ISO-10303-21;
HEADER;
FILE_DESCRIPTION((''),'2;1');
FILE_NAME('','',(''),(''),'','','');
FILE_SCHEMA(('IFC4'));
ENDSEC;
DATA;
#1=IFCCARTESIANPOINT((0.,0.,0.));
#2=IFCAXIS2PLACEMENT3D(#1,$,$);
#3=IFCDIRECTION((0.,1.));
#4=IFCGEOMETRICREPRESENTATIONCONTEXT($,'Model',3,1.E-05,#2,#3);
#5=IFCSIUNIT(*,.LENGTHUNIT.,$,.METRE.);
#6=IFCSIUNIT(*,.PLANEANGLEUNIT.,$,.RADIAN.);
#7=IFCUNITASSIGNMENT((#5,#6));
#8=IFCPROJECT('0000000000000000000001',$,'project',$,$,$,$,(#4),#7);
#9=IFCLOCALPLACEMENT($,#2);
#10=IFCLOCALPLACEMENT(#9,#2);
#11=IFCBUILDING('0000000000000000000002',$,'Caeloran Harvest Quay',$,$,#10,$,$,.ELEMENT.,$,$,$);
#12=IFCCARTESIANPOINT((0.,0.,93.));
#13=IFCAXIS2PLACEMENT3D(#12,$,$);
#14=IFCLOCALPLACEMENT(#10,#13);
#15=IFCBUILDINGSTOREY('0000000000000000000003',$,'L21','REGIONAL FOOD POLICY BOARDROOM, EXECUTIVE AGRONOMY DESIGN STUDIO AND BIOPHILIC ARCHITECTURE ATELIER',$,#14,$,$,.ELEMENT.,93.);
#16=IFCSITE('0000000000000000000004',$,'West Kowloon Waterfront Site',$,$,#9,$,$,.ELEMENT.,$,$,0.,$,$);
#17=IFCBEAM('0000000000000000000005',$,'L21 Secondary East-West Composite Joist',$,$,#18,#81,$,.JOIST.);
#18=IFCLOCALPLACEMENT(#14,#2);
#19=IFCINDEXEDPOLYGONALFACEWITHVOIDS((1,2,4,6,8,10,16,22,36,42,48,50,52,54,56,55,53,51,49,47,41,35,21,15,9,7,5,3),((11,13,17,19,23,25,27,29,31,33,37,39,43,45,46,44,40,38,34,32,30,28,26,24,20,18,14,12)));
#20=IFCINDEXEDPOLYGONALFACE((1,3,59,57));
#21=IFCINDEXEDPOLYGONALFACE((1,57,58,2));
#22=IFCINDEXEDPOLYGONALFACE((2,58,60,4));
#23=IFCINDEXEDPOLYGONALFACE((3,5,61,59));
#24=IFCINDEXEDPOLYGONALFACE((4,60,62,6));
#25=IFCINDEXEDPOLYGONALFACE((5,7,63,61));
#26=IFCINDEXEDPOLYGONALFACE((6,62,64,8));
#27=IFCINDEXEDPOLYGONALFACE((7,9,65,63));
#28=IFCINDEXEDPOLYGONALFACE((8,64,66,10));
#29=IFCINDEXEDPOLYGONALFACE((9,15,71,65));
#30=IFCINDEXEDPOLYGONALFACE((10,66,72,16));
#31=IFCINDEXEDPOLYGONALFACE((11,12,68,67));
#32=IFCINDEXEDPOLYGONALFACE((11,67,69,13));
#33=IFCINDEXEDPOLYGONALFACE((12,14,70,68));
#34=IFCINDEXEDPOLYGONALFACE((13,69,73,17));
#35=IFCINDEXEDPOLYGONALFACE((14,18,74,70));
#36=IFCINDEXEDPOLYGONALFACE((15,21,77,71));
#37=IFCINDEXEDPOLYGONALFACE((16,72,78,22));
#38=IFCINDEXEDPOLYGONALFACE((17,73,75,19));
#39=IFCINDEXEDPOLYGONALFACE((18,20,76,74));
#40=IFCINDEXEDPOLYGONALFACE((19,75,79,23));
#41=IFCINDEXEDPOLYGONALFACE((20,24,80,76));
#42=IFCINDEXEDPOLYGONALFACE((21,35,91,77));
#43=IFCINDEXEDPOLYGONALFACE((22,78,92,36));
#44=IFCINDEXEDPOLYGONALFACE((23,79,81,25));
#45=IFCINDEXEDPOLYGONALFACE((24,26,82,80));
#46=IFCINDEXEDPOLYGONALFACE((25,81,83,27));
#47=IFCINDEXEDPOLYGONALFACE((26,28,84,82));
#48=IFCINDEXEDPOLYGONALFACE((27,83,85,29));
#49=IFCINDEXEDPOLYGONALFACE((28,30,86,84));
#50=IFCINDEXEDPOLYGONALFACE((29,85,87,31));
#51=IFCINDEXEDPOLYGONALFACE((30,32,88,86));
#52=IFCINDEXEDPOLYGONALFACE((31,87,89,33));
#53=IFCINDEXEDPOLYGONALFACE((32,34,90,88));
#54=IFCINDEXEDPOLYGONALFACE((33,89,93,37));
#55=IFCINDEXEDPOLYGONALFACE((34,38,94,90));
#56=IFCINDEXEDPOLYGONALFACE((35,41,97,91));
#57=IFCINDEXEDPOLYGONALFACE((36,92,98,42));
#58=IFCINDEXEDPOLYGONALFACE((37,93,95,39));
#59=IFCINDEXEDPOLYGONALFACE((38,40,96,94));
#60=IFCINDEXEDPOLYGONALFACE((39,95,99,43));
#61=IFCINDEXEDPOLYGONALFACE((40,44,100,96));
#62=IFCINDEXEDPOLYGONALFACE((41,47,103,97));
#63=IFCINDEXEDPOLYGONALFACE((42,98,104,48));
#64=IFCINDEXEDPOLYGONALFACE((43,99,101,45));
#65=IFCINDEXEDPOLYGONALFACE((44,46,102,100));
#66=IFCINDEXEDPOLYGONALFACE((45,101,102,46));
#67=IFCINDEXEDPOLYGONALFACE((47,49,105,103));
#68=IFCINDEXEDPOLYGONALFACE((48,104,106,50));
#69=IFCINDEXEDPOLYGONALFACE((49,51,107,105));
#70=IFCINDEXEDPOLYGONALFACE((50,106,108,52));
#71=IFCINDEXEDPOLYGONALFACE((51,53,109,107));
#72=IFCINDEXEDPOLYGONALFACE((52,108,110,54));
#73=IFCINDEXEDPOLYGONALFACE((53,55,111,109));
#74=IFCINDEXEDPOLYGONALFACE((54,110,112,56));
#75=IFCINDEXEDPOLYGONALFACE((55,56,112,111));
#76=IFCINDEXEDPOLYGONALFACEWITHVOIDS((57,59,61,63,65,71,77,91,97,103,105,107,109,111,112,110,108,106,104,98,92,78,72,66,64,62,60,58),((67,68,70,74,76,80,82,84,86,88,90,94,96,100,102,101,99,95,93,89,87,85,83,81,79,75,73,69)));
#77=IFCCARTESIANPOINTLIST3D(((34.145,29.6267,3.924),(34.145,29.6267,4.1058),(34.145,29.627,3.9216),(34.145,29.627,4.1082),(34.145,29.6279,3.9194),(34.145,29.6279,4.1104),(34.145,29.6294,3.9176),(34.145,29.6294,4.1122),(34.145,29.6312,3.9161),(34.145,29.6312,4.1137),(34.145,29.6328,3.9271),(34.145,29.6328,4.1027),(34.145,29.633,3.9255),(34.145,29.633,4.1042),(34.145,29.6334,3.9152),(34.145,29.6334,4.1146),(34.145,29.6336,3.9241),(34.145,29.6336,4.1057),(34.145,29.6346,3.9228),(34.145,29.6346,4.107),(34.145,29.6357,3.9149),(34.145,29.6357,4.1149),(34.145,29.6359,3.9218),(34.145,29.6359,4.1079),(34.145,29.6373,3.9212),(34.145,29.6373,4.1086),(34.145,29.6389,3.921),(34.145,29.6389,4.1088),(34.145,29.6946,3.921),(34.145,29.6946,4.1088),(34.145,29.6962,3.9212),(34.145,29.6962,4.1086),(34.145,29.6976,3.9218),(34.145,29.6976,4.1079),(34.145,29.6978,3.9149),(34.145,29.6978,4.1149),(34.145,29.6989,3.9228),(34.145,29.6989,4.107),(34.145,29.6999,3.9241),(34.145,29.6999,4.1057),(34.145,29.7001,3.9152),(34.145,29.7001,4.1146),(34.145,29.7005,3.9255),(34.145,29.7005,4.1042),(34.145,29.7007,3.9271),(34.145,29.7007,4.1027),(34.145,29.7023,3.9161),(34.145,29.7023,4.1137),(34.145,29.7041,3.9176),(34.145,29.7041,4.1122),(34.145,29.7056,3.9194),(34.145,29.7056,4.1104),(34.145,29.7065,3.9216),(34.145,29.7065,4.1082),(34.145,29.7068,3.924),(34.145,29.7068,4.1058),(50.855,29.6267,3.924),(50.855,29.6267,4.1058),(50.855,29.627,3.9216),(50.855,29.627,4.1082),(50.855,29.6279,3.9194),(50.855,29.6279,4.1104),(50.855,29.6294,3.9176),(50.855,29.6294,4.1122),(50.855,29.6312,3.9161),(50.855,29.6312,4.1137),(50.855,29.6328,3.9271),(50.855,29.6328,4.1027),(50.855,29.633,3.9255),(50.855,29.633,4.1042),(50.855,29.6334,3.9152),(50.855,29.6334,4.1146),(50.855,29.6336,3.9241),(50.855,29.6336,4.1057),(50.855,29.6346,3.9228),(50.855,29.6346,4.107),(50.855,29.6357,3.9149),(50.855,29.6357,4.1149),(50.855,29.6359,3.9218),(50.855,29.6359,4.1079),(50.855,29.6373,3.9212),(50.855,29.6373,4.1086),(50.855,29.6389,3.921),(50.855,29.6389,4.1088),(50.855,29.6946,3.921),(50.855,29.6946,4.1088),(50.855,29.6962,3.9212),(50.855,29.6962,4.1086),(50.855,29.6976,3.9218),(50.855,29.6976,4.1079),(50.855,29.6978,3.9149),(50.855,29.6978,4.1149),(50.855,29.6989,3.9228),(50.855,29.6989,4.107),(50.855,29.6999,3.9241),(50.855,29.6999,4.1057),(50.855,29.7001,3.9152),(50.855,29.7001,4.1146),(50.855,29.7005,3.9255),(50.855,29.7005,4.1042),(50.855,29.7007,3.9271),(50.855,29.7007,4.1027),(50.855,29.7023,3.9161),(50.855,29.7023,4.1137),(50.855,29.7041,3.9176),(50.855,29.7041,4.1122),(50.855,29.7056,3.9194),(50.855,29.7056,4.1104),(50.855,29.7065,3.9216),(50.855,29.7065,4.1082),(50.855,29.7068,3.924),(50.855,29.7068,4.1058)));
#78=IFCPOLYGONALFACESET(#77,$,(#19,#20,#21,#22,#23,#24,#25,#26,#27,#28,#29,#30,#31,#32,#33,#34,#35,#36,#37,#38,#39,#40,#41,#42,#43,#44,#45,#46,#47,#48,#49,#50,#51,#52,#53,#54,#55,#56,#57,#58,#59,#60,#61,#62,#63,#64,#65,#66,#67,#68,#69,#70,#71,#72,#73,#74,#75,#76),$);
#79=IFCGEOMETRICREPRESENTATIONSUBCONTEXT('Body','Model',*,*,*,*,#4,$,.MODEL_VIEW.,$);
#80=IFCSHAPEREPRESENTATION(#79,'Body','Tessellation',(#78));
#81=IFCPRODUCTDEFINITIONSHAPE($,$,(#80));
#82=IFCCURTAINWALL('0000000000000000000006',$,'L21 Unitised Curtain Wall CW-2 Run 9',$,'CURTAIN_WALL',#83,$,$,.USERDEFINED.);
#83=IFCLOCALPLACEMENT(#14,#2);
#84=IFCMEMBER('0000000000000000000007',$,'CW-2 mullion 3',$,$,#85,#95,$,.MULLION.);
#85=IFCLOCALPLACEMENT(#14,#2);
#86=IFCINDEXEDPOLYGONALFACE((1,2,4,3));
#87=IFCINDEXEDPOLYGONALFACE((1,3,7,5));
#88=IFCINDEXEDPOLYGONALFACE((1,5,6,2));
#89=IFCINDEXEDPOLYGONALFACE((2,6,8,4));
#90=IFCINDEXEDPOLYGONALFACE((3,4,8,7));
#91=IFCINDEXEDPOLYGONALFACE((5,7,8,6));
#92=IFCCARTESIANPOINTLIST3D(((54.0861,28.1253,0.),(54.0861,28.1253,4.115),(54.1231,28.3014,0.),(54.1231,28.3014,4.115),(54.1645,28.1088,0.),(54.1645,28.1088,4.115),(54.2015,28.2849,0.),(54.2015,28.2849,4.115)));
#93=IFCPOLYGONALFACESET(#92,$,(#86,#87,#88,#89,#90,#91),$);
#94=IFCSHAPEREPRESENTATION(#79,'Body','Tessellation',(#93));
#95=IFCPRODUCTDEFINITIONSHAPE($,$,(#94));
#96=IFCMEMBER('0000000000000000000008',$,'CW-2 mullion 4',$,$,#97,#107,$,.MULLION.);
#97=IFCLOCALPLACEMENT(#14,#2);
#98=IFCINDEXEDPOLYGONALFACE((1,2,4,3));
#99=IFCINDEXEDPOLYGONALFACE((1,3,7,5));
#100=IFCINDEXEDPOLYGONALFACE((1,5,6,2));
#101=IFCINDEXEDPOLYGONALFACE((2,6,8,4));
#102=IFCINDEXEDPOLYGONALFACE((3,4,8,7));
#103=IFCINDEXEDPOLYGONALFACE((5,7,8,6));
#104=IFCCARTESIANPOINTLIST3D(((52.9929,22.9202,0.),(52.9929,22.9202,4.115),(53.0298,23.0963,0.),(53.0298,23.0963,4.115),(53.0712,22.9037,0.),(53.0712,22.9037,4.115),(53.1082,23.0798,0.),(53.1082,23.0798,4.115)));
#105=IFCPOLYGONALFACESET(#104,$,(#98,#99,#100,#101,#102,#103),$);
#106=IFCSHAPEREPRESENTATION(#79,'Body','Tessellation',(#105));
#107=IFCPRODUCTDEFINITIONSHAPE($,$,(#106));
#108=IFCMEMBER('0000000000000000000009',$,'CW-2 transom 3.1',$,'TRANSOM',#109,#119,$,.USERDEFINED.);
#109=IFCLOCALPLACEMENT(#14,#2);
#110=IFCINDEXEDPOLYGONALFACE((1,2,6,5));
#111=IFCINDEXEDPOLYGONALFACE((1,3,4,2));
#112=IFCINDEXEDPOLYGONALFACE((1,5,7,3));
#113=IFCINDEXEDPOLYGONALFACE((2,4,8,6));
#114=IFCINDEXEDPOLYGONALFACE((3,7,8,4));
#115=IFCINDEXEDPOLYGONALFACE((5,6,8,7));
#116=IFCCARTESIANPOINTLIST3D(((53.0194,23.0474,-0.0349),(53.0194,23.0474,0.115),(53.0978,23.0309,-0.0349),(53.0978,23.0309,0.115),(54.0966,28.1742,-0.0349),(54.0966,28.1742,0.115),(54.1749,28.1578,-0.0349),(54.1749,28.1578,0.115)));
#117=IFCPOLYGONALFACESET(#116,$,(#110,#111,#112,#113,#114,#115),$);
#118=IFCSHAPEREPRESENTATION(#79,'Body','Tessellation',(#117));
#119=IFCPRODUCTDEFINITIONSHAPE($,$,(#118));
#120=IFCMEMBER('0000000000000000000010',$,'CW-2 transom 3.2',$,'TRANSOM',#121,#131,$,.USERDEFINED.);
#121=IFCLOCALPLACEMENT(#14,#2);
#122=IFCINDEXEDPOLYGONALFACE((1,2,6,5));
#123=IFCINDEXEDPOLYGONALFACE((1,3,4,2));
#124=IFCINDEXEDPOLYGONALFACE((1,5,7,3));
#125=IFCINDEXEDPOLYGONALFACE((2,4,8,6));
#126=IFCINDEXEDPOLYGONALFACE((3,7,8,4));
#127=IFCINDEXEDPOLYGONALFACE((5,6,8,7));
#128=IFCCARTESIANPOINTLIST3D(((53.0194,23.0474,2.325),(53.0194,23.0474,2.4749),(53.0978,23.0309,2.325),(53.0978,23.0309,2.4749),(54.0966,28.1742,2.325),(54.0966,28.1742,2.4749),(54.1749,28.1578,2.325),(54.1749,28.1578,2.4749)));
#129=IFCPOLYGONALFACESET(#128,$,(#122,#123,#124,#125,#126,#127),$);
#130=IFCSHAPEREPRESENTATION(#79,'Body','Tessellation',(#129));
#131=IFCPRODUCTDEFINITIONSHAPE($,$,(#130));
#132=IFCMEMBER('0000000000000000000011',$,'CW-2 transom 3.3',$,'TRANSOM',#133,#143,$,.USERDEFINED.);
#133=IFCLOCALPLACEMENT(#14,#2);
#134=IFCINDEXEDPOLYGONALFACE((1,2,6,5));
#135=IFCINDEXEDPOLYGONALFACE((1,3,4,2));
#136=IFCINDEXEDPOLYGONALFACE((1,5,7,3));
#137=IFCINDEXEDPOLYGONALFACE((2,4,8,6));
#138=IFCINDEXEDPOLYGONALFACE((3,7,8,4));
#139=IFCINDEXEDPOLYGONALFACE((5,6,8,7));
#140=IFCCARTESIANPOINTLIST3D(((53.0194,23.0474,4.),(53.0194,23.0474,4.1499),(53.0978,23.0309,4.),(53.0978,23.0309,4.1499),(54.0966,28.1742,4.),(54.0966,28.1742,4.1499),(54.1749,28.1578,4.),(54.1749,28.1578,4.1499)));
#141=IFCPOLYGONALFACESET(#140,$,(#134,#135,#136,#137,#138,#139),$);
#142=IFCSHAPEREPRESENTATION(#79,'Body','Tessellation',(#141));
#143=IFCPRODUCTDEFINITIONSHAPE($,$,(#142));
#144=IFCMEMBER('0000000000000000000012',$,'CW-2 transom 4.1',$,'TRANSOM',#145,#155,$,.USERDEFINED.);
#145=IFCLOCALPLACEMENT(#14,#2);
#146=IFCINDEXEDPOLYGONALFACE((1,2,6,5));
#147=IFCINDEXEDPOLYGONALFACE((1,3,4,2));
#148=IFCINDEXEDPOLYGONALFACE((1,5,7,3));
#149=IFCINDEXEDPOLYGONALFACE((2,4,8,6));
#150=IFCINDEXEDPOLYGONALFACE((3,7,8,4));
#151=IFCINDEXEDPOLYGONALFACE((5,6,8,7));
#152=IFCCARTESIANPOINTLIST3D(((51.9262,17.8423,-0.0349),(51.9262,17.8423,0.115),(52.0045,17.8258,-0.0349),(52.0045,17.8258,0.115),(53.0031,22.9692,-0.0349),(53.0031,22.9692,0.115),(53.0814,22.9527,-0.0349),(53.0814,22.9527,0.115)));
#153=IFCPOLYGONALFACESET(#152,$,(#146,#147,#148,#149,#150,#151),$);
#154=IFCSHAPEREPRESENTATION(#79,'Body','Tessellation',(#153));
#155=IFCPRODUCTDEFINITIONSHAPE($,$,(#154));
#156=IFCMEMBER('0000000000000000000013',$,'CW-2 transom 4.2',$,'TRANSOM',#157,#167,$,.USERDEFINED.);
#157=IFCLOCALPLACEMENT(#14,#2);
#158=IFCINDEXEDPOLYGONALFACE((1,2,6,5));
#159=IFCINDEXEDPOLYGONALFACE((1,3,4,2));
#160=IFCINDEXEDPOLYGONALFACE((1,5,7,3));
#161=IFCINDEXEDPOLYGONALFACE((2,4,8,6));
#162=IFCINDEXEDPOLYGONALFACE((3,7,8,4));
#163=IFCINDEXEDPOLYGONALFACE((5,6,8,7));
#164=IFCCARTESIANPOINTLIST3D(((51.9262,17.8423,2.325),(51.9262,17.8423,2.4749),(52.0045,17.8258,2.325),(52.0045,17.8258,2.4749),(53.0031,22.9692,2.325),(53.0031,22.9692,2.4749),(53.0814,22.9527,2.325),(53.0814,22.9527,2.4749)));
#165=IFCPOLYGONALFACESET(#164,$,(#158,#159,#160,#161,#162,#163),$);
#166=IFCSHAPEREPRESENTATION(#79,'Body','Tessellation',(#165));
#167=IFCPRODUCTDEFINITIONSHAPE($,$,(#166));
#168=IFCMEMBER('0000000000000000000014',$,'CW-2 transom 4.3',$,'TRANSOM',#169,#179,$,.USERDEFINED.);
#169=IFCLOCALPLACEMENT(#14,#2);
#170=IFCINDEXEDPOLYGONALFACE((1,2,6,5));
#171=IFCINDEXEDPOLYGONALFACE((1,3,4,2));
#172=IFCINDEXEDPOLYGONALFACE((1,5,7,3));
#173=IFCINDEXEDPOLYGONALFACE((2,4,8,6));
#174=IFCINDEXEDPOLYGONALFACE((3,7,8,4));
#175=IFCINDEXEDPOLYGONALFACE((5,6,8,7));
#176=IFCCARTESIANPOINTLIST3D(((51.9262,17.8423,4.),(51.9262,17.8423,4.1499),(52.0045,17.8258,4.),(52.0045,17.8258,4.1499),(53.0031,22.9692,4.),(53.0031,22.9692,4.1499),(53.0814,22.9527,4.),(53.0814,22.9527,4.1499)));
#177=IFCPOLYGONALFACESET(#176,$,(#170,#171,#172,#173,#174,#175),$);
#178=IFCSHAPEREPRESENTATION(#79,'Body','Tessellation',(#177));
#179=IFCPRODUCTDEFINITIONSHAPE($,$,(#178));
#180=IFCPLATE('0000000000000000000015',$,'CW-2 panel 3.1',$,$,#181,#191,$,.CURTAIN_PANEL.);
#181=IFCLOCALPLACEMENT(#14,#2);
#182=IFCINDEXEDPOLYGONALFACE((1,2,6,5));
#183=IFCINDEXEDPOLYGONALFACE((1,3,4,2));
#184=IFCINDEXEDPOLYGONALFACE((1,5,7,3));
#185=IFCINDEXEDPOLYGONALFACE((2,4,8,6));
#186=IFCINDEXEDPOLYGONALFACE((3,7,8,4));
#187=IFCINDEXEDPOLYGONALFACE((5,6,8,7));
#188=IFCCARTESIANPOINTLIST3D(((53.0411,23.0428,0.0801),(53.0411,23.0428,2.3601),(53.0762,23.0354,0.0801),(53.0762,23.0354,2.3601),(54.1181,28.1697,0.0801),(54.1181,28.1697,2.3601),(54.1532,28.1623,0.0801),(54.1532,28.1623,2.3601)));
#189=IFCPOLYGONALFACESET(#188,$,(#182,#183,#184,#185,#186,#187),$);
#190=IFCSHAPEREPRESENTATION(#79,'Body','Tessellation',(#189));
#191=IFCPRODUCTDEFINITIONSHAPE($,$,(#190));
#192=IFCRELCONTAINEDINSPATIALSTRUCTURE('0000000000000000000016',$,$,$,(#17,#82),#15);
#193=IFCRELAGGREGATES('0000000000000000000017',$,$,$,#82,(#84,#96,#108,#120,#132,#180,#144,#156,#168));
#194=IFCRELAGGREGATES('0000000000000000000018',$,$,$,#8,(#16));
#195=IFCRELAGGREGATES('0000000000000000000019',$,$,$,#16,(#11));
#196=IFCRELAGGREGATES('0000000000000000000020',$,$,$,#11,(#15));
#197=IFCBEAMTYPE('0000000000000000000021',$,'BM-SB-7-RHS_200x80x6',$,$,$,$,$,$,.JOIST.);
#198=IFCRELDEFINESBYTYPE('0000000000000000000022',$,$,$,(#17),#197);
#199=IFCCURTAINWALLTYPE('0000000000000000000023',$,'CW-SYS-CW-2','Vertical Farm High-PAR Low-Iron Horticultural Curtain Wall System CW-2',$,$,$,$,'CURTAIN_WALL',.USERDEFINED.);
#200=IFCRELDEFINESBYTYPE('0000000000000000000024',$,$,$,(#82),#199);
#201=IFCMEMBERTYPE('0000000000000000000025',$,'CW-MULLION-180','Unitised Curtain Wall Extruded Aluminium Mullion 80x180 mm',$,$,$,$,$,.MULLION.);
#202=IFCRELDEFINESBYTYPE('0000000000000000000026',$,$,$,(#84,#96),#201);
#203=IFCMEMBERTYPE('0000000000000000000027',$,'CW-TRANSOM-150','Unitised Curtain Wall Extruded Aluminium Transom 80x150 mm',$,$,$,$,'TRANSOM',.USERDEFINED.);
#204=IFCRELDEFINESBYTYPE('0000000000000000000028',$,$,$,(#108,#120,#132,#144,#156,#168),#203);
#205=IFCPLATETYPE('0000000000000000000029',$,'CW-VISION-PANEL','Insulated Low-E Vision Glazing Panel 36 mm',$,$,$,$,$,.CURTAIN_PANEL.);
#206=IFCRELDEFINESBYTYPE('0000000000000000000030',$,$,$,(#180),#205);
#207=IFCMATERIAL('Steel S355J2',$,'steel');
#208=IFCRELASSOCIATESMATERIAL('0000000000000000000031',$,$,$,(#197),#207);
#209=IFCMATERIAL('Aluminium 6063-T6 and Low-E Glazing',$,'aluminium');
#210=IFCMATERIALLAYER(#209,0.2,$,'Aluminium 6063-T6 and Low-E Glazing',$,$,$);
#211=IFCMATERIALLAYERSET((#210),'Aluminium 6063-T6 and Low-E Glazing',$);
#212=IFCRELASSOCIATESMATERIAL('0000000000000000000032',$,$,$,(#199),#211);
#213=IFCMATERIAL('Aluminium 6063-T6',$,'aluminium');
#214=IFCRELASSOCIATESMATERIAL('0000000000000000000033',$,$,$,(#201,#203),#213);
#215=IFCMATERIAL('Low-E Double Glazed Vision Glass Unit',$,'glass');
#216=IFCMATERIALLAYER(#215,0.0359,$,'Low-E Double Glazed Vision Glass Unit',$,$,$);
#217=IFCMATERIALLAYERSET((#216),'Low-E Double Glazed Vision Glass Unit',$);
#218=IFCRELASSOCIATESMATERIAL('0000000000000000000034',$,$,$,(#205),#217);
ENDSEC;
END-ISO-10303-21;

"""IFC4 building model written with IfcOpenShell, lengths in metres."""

from ifc_helpers import new_model, si_unit, direction, frame, origin, origin_2d, place, context, subcontext, project, spatial, rectangle, hollow_rectangle, extrude, material, layer, layer_set, material_profile, profile_set, type_object, element, aggregate, save


model = new_model("IFC4")

# Units and contexts
model_context = context("Model", 3, precision=1e-05, world=origin(), true_north=direction((0.0, 1.0)))
body_context = subcontext(model_context, "Body", "Model", "MODEL_VIEW")
ifc_project = project(units=[si_unit("LENGTHUNIT", "METRE"), si_unit("PLANEANGLEUNIT", "RADIAN")], contexts=[model_context])

# Site, building, storey
site_placement = place(None, origin())
site = spatial("IfcSite", under=ifc_project, at=site_placement, Name="West Kowloon Waterfront Site", CompositionType="ELEMENT", RefElevation=0.0)
building_placement = place(site_placement, origin())
building = spatial("IfcBuilding", under=site, at=building_placement, Name="Caeloran Harvest Quay", CompositionType="ELEMENT")
storey_placement = place(building_placement, frame((0.0, 0.0, 93.0)))
storey = spatial("IfcBuildingStorey", under=building, at=storey_placement, Name="L21", Description="REGIONAL FOOD POLICY BOARDROOM, EXECUTIVE AGRONOMY DESIGN STUDIO AND BIOPHILIC ARCHITECTURE ATELIER", CompositionType="ELEMENT", Elevation=93.0)

# Beam
ifc_material_1 = material(Name="Steel S355J2", Category="steel")
ifc_material_profile_1 = material_profile(ifc_material_1, hollow_rectangle(XDim=0.0801, YDim=0.2, WallThickness=0.0061, InnerFilletRadius=0.0061, OuterFilletRadius=0.009, at=origin_2d()), Name="RHS 200x80x6")
ifc_profile_set_1 = profile_set([ifc_material_profile_1], Name="Steel S355J2")
beam_type_1 = type_object("IfcBeamType", Name="BM-SB-7-RHS_200x80x6", PredefinedType="JOIST", material=ifc_profile_set_1)
beam_1_placement = place(storey_placement, frame((34.145, 29.6667, 4.0149), z_axis=(1.0, 0.0, 0.0), x_axis=(0.0, 1.0, 0.0)))
element("IfcBeam", 1, at=beam_1_placement, inside=storey, type_object=beam_type_1, Name="L21 Secondary East-West Composite Joist", PredefinedType="JOIST", context=body_context, shape_type="SweptSolid", body=[
    extrude(hollow_rectangle(XDim=0.0801, YDim=0.2, WallThickness=0.0061, InnerFilletRadius=0.0061, OuterFilletRadius=0.009, at=origin_2d()), origin(), (0.0, 0.0, 1.0), 16.71),
])

# Curtain wall, members, plate
ifc_material_2 = material(Name="Aluminium 6063-T6 and Low-E Glazing", Category="aluminium")
ifc_layer_1 = layer(ifc_material_2, 0.2, Name="Aluminium 6063-T6 and Low-E Glazing")
ifc_layer_set_1 = layer_set([ifc_layer_1], Name="Aluminium 6063-T6 and Low-E Glazing")
curtain_wall_type = type_object("IfcCurtainWallType", Name="CW-SYS-CW-2", Description="Vertical Farm High-PAR Low-Iron Horticultural Curtain Wall System CW-2", ElementType="CURTAIN_WALL", PredefinedType="USERDEFINED", material=ifc_layer_set_1)
curtain_wall_placement = place(storey_placement, origin())
curtain_wall = element("IfcCurtainWall", 2, at=curtain_wall_placement, inside=storey, type_object=curtain_wall_type, Name="L21 Unitised Curtain Wall CW-2 Run 9", ObjectType="CURTAIN_WALL", PredefinedType="USERDEFINED")
ifc_material_3 = material(Name="Aluminium 6063-T6", Category="aluminium")
ifc_material_profile_2 = material_profile(ifc_material_3, rectangle(XDim=0.0801, YDim=0.1799, at=origin_2d()), Name="CW-MULLION-180")
ifc_profile_set_2 = profile_set([ifc_material_profile_2], Name="Aluminium 6063-T6")
member_type_1 = type_object("IfcMemberType", Name="CW-MULLION-180", Description="Unitised Curtain Wall Extruded Aluminium Mullion 80x180 mm", PredefinedType="MULLION", material=ifc_profile_set_2)
member_1_placement = place(storey_placement, frame((54.1438, 28.2051, 0.0), z_axis=(0.0, 0.0, 1.0), x_axis=(0.97864, -0.205583, 0.0)))
member_1 = element("IfcMember", 3, at=member_1_placement, type_object=member_type_1, Name="CW-2 mullion 3", PredefinedType="MULLION", context=body_context, shape_type="SweptSolid", body=[
    extrude(rectangle(XDim=0.0801, YDim=0.1799, at=origin_2d()), origin(), (0.0, 0.0, 1.0), 4.115),
])
member_2_placement = place(storey_placement, frame((53.0505, 23.0, 0.0), z_axis=(0.0, 0.0, 1.0), x_axis=(0.97864, -0.205583, 0.0)))
member_2 = element("IfcMember", 4, at=member_2_placement, type_object=member_type_1, Name="CW-2 mullion 4", PredefinedType="MULLION", context=body_context, shape_type="SweptSolid", body=[
    extrude(rectangle(XDim=0.0801, YDim=0.1799, at=origin_2d()), origin(), (0.0, 0.0, 1.0), 4.115),
])
ifc_material_profile_3 = material_profile(ifc_material_3, rectangle(XDim=0.0801, YDim=0.1499, at=origin_2d()), Name="CW-TRANSOM-150")
ifc_profile_set_3 = profile_set([ifc_material_profile_3], Name="Aluminium 6063-T6")
member_type_2 = type_object("IfcMemberType", Name="CW-TRANSOM-150", Description="Unitised Curtain Wall Extruded Aluminium Transom 80x150 mm", ElementType="TRANSOM", PredefinedType="USERDEFINED", material=ifc_profile_set_3)
member_3_placement = place(storey_placement, frame((54.1357, 28.166, 0.04), z_axis=(-0.205607, -0.978635, 0.0), x_axis=(0.978635, -0.205607, 0.0)))
member_3 = element("IfcMember", 5, at=member_3_placement, type_object=member_type_2, Name="CW-2 transom 3.1", ObjectType="TRANSOM", PredefinedType="USERDEFINED", context=body_context, shape_type="SweptSolid", body=[
    extrude(rectangle(XDim=0.0801, YDim=0.1499, at=origin_2d()), origin(), (0.0, 0.0, 1.0), 5.2388),
])
member_4_placement = place(storey_placement, frame((54.1357, 28.166, 2.3999), z_axis=(-0.205607, -0.978635, 0.0), x_axis=(0.978635, -0.205607, 0.0)))
member_4 = element("IfcMember", 6, at=member_4_placement, type_object=member_type_2, Name="CW-2 transom 3.2", ObjectType="TRANSOM", PredefinedType="USERDEFINED", context=body_context, shape_type="SweptSolid", body=[
    extrude(rectangle(XDim=0.0801, YDim=0.1499, at=origin_2d()), origin(), (0.0, 0.0, 1.0), 5.2388),
])
member_5_placement = place(storey_placement, frame((54.1357, 28.166, 4.075), z_axis=(-0.205607, -0.978635, 0.0), x_axis=(0.978635, -0.205607, 0.0)))
member_5 = element("IfcMember", 7, at=member_5_placement, type_object=member_type_2, Name="CW-2 transom 3.3", ObjectType="TRANSOM", PredefinedType="USERDEFINED", context=body_context, shape_type="SweptSolid", body=[
    extrude(rectangle(XDim=0.0801, YDim=0.1499, at=origin_2d()), origin(), (0.0, 0.0, 1.0), 5.2388),
])
member_6_placement = place(storey_placement, frame((53.0422, 22.9609, 0.04), z_axis=(-0.205562, -0.978644, 0.0), x_axis=(0.978644, -0.205562, 0.0)))
member_6 = element("IfcMember", 8, at=member_6_placement, type_object=member_type_2, Name="CW-2 transom 4.1", ObjectType="TRANSOM", PredefinedType="USERDEFINED", context=body_context, shape_type="SweptSolid", body=[
    extrude(rectangle(XDim=0.0801, YDim=0.1499, at=origin_2d()), origin(), (0.0, 0.0, 1.0), 5.2388),
])
member_7_placement = place(storey_placement, frame((53.0422, 22.9609, 2.3999), z_axis=(-0.205562, -0.978644, 0.0), x_axis=(0.978644, -0.205562, 0.0)))
member_7 = element("IfcMember", 9, at=member_7_placement, type_object=member_type_2, Name="CW-2 transom 4.2", ObjectType="TRANSOM", PredefinedType="USERDEFINED", context=body_context, shape_type="SweptSolid", body=[
    extrude(rectangle(XDim=0.0801, YDim=0.1499, at=origin_2d()), origin(), (0.0, 0.0, 1.0), 5.2388),
])
member_8_placement = place(storey_placement, frame((53.0422, 22.9609, 4.075), z_axis=(-0.205562, -0.978644, 0.0), x_axis=(0.978644, -0.205562, 0.0)))
member_8 = element("IfcMember", 10, at=member_8_placement, type_object=member_type_2, Name="CW-2 transom 4.3", ObjectType="TRANSOM", PredefinedType="USERDEFINED", context=body_context, shape_type="SweptSolid", body=[
    extrude(rectangle(XDim=0.0801, YDim=0.1499, at=origin_2d()), origin(), (0.0, 0.0, 1.0), 5.2388),
])
ifc_material_4 = material(Name="Low-E Double Glazed Vision Glass Unit", Category="glass")
ifc_layer_2 = layer(ifc_material_4, 0.0359, Name="Low-E Double Glazed Vision Glass Unit")
ifc_layer_set_2 = layer_set([ifc_layer_2], Name="Low-E Double Glazed Vision Glass Unit")
plate_type = type_object("IfcPlateType", Name="CW-VISION-PANEL", Description="Insulated Low-E Vision Glazing Panel 36 mm", PredefinedType="CURTAIN_PANEL", material=ifc_layer_set_2)
plate_1_placement = place(storey_placement, frame((53.5972, 25.6025, 0.0801), z_axis=(0.0, 0.0, 1.0), x_axis=(-0.205583, -0.97864, 0.0)))
plate_1 = element("IfcPlate", 11, at=plate_1_placement, type_object=plate_type, Name="CW-2 panel 3.1", PredefinedType="CURTAIN_PANEL", context=body_context, shape_type="SweptSolid", body=[
    extrude(rectangle(XDim=5.2388, YDim=0.0359, at=origin_2d()), origin(), (0.0, 0.0, 1.0), 2.28),
])
aggregate(curtain_wall, [member_1, member_2, member_3, member_4, member_5, plate_1, member_6, member_7, member_8])

save(model, "model.ifc")
